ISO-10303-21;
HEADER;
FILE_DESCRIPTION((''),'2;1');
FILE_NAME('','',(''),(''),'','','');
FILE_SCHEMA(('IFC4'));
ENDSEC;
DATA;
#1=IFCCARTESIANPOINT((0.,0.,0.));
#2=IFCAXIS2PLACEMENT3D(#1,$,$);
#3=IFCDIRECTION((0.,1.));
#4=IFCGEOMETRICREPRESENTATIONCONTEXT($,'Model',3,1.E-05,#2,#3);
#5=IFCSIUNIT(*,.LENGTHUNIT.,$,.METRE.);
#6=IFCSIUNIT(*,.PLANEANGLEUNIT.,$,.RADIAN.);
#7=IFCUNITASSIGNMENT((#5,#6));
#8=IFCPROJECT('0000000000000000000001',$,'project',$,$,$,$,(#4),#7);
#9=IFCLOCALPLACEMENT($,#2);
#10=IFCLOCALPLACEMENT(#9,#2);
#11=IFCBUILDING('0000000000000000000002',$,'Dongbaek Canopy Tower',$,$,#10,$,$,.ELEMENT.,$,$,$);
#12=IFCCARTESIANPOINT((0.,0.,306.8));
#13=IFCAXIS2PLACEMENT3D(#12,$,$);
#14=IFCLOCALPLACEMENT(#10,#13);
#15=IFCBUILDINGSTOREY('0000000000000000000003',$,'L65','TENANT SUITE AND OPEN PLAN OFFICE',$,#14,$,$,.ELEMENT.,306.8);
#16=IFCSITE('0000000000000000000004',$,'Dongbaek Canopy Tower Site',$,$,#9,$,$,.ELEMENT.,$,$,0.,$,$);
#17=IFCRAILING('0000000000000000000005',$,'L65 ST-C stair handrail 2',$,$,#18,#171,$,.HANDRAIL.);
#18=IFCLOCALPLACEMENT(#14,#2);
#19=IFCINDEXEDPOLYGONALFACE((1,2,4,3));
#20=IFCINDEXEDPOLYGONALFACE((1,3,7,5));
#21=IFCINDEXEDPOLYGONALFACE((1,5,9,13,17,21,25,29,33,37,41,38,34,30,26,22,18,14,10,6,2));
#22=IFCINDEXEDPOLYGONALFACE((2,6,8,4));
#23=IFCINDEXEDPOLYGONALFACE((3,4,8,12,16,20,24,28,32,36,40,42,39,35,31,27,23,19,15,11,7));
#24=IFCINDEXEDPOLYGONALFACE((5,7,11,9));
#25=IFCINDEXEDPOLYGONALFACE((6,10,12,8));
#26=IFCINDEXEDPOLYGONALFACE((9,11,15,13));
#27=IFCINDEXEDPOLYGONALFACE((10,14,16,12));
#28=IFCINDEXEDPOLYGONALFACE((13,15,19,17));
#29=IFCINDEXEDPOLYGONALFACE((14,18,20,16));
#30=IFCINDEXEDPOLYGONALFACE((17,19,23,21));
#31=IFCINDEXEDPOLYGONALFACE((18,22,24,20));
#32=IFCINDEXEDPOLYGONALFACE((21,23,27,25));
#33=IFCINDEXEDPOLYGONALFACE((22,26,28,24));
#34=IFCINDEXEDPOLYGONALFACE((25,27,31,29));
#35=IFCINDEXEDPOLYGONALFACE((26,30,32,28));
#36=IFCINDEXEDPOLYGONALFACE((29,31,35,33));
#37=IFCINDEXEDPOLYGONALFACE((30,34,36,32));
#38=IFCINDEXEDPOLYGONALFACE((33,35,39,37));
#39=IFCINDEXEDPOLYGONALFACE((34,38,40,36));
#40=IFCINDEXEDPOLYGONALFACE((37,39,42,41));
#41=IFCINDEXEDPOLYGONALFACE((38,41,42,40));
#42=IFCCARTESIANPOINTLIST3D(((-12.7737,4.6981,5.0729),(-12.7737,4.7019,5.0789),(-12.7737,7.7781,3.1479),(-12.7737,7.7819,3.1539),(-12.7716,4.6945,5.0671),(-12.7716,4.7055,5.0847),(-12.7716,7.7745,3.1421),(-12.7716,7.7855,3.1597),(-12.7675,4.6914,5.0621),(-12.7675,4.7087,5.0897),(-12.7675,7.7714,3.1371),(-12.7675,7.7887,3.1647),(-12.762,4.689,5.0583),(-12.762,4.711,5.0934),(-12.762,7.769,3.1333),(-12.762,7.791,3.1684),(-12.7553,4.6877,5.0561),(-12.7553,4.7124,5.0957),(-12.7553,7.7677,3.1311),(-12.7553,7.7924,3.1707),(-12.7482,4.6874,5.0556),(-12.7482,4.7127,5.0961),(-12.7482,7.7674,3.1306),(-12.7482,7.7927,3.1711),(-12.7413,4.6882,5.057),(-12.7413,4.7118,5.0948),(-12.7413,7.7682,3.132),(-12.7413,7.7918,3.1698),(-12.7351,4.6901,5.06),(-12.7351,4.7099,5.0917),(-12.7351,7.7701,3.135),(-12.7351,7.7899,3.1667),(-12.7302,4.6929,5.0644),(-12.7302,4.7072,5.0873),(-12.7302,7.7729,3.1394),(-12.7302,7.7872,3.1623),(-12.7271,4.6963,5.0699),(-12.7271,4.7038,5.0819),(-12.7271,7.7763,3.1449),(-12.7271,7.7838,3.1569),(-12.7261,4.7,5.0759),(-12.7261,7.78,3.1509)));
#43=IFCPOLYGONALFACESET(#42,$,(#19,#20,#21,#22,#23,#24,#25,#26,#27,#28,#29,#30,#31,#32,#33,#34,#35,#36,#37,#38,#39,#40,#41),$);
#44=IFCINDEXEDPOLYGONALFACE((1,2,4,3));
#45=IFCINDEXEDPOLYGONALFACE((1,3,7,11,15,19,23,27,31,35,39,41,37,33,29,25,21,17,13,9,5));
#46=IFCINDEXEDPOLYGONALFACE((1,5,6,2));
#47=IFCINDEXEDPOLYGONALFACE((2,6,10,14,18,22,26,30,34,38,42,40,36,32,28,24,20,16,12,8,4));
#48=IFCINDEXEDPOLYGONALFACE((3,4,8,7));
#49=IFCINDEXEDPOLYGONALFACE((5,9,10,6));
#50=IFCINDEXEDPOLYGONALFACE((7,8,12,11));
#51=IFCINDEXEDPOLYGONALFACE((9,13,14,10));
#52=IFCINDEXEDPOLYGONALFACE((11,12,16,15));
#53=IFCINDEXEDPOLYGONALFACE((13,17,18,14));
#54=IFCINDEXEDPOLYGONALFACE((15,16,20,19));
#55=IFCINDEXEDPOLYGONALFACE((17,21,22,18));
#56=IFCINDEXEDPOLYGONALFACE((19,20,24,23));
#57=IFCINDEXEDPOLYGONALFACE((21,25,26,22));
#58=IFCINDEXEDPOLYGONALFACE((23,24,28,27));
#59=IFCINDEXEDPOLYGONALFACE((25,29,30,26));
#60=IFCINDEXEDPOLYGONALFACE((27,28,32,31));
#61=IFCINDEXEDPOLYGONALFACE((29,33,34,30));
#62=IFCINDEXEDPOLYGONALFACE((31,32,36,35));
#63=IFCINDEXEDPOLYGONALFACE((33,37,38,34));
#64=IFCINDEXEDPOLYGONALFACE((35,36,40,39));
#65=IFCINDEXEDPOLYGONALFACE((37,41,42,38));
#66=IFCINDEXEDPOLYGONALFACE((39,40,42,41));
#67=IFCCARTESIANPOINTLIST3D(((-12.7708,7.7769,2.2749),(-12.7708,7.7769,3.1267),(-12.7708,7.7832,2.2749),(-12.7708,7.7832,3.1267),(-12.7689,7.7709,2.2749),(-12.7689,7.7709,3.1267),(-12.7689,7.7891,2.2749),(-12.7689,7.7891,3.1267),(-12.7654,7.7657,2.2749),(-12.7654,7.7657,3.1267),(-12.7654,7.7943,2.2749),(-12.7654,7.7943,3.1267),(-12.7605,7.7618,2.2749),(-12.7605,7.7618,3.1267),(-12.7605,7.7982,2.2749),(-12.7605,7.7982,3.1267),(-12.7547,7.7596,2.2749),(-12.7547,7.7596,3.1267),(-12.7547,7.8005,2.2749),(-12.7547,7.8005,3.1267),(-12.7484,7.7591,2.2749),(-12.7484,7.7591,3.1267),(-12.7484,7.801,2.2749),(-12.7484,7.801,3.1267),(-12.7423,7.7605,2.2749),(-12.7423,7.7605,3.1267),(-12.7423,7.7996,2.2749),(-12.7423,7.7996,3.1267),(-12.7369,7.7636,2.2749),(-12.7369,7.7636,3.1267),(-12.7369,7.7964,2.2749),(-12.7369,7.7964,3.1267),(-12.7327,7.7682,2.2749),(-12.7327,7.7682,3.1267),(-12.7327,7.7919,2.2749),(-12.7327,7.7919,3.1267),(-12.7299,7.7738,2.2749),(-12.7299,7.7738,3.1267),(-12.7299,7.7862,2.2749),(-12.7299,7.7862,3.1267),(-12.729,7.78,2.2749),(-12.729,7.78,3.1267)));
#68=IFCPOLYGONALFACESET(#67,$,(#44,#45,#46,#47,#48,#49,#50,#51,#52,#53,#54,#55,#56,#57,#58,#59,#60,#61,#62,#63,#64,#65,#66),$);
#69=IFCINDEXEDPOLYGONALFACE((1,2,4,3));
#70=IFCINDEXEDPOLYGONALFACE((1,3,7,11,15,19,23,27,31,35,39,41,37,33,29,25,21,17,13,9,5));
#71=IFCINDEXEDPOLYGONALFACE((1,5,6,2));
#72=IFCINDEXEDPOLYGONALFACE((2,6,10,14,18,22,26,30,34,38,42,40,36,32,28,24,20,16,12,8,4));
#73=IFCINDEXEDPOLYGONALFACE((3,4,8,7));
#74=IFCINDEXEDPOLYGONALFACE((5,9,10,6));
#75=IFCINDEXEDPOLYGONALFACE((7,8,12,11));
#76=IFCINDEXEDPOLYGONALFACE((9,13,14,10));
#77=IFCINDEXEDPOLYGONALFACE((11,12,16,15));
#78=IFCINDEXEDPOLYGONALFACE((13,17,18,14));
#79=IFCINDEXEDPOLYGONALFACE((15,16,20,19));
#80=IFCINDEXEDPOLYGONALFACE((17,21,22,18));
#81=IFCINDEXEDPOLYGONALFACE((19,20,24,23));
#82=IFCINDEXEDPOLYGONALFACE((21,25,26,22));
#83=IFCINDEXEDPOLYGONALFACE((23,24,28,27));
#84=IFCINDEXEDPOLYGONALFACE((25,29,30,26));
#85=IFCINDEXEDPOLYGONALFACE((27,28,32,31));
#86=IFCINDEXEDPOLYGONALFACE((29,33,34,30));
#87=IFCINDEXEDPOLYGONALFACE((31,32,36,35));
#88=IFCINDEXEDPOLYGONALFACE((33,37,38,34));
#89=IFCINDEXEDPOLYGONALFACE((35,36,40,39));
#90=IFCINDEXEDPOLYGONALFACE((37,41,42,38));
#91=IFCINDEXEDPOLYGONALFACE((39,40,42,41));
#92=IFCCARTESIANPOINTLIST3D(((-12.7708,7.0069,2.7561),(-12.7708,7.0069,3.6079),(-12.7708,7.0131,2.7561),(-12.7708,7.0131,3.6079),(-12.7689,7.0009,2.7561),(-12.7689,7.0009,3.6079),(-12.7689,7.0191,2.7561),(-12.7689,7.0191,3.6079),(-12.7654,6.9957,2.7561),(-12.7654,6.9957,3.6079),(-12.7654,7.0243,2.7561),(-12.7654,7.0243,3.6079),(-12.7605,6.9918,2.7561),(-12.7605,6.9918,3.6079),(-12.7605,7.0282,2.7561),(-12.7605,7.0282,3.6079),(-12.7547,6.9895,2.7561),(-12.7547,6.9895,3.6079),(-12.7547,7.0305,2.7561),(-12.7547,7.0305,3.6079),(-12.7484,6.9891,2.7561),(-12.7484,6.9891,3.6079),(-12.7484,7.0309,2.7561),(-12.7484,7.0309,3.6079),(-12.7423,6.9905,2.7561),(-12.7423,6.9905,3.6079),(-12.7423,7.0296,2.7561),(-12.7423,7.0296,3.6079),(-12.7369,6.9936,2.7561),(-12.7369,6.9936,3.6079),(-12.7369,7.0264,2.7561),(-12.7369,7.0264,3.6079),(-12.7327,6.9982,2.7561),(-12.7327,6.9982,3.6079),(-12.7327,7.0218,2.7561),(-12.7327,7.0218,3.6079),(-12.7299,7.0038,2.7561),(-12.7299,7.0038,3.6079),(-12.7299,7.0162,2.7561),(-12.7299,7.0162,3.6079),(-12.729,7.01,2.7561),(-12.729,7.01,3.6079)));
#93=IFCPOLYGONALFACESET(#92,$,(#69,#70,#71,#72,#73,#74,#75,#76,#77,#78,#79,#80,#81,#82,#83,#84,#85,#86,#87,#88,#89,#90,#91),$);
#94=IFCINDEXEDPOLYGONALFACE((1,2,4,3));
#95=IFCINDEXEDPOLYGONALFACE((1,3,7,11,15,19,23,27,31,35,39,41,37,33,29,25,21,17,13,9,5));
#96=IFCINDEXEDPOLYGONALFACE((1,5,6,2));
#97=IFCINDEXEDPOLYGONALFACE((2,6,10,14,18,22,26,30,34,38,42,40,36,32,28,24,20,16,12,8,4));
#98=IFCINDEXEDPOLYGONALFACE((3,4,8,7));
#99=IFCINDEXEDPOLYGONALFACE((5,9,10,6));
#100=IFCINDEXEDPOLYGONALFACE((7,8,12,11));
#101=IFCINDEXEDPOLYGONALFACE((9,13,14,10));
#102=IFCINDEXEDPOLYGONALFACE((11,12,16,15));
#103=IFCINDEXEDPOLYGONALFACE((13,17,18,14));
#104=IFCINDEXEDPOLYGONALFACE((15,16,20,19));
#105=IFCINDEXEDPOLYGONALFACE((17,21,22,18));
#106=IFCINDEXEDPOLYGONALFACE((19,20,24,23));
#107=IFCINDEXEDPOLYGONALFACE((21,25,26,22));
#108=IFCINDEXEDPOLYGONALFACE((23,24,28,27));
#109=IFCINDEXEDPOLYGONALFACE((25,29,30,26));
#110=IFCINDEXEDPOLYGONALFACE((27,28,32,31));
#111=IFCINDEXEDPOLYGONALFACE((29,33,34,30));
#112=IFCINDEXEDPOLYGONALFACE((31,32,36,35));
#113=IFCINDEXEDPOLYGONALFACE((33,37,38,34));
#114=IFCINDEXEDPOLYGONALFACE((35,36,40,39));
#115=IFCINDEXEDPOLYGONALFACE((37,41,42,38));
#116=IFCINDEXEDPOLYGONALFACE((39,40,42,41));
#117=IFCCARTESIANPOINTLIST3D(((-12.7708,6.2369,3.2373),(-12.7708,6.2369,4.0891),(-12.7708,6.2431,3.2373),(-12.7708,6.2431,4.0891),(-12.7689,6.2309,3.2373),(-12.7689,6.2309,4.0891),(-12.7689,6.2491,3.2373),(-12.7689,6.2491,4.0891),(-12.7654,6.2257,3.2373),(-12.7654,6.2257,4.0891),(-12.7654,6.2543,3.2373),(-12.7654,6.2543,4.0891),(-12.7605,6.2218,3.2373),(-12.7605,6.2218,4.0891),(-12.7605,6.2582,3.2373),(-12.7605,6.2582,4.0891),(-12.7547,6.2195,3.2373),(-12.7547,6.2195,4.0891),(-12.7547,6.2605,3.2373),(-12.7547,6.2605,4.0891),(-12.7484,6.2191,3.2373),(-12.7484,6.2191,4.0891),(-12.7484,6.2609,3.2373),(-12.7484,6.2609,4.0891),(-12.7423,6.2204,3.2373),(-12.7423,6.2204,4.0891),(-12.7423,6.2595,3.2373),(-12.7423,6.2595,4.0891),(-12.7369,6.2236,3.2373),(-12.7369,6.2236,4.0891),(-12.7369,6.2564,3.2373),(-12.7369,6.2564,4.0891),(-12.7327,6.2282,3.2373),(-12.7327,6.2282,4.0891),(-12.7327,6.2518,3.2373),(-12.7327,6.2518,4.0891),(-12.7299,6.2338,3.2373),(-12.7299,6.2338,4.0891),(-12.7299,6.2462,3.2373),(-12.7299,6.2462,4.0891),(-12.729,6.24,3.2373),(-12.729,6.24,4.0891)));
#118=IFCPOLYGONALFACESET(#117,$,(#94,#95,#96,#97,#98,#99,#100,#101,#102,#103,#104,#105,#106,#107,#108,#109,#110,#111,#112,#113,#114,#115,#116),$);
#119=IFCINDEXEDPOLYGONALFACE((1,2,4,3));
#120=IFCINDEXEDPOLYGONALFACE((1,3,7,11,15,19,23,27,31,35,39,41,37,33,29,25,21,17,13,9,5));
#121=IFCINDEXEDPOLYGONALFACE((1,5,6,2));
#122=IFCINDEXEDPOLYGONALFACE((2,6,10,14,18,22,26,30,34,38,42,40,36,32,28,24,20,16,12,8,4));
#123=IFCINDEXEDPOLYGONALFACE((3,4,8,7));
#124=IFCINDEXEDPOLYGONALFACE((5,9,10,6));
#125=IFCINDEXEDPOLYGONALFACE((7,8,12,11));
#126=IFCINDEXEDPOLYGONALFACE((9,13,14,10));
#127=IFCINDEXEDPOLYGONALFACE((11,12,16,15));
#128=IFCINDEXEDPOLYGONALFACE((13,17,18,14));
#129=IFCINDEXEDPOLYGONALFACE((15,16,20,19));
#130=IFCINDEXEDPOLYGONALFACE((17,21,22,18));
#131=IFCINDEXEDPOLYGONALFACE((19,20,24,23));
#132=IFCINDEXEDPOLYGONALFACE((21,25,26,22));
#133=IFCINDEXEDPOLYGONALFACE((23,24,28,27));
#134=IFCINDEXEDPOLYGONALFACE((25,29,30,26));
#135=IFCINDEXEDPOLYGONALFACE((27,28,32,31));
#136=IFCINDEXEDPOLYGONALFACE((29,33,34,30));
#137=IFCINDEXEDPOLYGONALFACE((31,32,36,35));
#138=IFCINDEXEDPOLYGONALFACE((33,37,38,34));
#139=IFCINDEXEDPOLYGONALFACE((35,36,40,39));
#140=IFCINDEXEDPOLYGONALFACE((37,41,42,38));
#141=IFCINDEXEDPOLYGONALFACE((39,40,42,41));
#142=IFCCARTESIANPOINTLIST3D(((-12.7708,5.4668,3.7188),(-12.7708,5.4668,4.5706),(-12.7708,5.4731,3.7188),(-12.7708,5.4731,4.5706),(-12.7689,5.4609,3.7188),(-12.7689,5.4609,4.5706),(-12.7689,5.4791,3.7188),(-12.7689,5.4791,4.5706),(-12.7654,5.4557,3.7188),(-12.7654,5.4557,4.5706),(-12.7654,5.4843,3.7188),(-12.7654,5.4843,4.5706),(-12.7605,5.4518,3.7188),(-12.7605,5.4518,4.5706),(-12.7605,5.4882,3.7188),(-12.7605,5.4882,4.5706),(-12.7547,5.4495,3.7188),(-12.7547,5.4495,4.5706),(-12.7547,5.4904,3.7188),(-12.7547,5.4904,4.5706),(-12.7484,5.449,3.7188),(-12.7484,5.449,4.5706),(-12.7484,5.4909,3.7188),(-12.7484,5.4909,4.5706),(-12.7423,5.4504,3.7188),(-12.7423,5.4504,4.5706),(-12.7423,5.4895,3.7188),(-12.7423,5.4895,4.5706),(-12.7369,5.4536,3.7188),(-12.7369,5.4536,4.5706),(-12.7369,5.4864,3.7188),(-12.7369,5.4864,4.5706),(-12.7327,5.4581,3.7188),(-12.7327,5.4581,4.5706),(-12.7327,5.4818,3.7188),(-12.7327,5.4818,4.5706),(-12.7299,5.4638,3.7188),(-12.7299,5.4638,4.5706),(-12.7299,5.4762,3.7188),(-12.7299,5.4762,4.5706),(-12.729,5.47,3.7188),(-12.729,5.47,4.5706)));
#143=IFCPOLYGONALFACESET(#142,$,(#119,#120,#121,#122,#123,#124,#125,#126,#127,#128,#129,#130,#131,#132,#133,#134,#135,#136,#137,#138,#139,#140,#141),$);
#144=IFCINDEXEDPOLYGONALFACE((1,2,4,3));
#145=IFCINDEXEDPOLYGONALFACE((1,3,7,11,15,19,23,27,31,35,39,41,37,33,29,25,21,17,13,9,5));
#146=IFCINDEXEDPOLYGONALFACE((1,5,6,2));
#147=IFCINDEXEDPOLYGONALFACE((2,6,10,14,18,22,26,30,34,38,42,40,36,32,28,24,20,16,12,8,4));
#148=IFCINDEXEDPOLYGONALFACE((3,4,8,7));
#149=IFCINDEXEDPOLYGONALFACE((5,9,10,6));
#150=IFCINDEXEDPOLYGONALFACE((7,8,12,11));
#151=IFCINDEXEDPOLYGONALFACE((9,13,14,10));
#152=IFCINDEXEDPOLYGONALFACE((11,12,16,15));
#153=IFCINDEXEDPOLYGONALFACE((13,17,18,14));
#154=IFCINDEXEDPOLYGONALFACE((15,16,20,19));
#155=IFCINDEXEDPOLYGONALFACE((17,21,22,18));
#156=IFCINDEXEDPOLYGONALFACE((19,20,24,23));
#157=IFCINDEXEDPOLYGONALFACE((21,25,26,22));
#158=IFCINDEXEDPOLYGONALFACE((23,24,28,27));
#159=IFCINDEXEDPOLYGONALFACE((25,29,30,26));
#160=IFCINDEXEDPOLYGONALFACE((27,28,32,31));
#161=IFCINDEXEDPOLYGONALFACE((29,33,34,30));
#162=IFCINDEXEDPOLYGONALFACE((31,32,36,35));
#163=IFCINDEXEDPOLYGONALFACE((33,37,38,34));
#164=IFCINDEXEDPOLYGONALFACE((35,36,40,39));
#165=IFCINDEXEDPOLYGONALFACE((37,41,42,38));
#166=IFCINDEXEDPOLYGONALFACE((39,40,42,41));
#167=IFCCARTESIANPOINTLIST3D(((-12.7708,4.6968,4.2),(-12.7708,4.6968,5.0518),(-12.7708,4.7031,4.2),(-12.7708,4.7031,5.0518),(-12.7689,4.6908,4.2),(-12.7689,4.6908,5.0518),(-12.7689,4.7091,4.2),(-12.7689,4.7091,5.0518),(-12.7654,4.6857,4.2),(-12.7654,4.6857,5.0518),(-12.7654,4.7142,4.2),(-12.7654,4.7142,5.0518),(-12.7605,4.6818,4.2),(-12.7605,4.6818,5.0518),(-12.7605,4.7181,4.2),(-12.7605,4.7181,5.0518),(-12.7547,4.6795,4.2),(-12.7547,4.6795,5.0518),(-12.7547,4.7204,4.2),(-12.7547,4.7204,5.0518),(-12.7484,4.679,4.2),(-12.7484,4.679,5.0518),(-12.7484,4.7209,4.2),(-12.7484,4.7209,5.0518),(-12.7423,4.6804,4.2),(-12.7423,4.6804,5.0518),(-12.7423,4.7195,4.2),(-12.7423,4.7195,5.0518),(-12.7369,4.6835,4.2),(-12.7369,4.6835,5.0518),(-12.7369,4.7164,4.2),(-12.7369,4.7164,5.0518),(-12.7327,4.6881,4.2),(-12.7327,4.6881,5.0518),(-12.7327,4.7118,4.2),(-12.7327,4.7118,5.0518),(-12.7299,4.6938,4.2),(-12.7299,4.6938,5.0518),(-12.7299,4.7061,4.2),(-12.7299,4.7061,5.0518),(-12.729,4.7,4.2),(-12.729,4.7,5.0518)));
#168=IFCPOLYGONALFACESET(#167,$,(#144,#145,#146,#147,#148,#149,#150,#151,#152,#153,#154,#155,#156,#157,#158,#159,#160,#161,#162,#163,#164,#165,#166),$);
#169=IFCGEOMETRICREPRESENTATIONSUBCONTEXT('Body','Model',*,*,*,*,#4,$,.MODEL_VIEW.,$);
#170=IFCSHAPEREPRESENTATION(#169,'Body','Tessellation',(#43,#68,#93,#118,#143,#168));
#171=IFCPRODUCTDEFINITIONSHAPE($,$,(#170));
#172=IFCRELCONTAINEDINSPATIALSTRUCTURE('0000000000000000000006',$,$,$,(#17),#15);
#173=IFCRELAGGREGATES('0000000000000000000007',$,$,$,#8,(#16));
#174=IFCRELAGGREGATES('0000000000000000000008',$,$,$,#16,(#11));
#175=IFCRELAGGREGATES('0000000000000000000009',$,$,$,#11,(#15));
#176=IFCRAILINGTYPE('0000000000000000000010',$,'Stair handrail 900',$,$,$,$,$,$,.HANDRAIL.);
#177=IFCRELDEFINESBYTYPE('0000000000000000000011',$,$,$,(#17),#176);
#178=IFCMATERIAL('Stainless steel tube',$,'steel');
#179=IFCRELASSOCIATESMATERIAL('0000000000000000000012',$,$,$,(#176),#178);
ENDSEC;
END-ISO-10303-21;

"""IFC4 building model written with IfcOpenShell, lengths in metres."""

from ifc_helpers import new_model, si_unit, direction, frame, origin, origin_2d, place, context, subcontext, project, spatial, circle, extrude, material, type_object, element, save


model = new_model("IFC4")

# Units and contexts
model_context = context("Model", 3, precision=1e-05, world=origin(), true_north=direction((0.0, 1.0)))
body_context = subcontext(model_context, "Body", "Model", "MODEL_VIEW")
ifc_project = project(units=[si_unit("LENGTHUNIT", "METRE"), si_unit("PLANEANGLEUNIT", "RADIAN")], contexts=[model_context])

# Site, building, storey
site_placement = place(None, origin())
site = spatial("IfcSite", under=ifc_project, at=site_placement, Name="Dongbaek Canopy Tower Site", CompositionType="ELEMENT", RefElevation=0.0)
building_placement = place(site_placement, origin())
building = spatial("IfcBuilding", under=site, at=building_placement, Name="Dongbaek Canopy Tower", CompositionType="ELEMENT")
storey_placement = place(building_placement, frame((0.0, 0.0, 306.8)))
storey = spatial("IfcBuildingStorey", under=building, at=storey_placement, Name="L65", Description="TENANT SUITE AND OPEN PLAN OFFICE", CompositionType="ELEMENT", Elevation=306.8)

# Railing
ifc_material_1 = material(Name="Stainless steel tube", Category="steel")
railing_type_1 = type_object("IfcRailingType", Name="Stair handrail 900", PredefinedType="HANDRAIL", material=ifc_material_1)
railing_1_placement = place(storey_placement, frame((-12.75, 7.78, 2.2749)))
element("IfcRailing", 1, at=railing_1_placement, inside=storey, type_object=railing_type_1, Name="L65 ST-C stair handrail 2", PredefinedType="HANDRAIL", context=body_context, shape_type="SweptSolid", body=[
    extrude(circle(Radius=0.0239, at=origin_2d()), frame((0.0, 0.0, 0.876), z_axis=(0.0, -0.847998, 0.529999), x_axis=(1.0, 0.0, 0.0)), (0.0, 0.0, 1.0), 3.6321),
    extrude(circle(Radius=0.021, at=origin_2d()), origin(), (0.0, 0.0, 1.0), 0.8518),
    extrude(circle(Radius=0.021, at=origin_2d()), frame((0.0, -0.77, 0.4812)), (0.0, 0.0, 1.0), 0.8518),
    extrude(circle(Radius=0.021, at=origin_2d()), frame((0.0, -1.54, 0.9624)), (0.0, 0.0, 1.0), 0.8518),
    extrude(circle(Radius=0.021, at=origin_2d()), frame((0.0, -2.3101, 1.4438)), (0.0, 0.0, 1.0), 0.8518),
    extrude(circle(Radius=0.021, at=origin_2d()), frame((0.0, -3.0801, 1.925)), (0.0, 0.0, 1.0), 0.8518),
])

save(model, "model.ifc")
